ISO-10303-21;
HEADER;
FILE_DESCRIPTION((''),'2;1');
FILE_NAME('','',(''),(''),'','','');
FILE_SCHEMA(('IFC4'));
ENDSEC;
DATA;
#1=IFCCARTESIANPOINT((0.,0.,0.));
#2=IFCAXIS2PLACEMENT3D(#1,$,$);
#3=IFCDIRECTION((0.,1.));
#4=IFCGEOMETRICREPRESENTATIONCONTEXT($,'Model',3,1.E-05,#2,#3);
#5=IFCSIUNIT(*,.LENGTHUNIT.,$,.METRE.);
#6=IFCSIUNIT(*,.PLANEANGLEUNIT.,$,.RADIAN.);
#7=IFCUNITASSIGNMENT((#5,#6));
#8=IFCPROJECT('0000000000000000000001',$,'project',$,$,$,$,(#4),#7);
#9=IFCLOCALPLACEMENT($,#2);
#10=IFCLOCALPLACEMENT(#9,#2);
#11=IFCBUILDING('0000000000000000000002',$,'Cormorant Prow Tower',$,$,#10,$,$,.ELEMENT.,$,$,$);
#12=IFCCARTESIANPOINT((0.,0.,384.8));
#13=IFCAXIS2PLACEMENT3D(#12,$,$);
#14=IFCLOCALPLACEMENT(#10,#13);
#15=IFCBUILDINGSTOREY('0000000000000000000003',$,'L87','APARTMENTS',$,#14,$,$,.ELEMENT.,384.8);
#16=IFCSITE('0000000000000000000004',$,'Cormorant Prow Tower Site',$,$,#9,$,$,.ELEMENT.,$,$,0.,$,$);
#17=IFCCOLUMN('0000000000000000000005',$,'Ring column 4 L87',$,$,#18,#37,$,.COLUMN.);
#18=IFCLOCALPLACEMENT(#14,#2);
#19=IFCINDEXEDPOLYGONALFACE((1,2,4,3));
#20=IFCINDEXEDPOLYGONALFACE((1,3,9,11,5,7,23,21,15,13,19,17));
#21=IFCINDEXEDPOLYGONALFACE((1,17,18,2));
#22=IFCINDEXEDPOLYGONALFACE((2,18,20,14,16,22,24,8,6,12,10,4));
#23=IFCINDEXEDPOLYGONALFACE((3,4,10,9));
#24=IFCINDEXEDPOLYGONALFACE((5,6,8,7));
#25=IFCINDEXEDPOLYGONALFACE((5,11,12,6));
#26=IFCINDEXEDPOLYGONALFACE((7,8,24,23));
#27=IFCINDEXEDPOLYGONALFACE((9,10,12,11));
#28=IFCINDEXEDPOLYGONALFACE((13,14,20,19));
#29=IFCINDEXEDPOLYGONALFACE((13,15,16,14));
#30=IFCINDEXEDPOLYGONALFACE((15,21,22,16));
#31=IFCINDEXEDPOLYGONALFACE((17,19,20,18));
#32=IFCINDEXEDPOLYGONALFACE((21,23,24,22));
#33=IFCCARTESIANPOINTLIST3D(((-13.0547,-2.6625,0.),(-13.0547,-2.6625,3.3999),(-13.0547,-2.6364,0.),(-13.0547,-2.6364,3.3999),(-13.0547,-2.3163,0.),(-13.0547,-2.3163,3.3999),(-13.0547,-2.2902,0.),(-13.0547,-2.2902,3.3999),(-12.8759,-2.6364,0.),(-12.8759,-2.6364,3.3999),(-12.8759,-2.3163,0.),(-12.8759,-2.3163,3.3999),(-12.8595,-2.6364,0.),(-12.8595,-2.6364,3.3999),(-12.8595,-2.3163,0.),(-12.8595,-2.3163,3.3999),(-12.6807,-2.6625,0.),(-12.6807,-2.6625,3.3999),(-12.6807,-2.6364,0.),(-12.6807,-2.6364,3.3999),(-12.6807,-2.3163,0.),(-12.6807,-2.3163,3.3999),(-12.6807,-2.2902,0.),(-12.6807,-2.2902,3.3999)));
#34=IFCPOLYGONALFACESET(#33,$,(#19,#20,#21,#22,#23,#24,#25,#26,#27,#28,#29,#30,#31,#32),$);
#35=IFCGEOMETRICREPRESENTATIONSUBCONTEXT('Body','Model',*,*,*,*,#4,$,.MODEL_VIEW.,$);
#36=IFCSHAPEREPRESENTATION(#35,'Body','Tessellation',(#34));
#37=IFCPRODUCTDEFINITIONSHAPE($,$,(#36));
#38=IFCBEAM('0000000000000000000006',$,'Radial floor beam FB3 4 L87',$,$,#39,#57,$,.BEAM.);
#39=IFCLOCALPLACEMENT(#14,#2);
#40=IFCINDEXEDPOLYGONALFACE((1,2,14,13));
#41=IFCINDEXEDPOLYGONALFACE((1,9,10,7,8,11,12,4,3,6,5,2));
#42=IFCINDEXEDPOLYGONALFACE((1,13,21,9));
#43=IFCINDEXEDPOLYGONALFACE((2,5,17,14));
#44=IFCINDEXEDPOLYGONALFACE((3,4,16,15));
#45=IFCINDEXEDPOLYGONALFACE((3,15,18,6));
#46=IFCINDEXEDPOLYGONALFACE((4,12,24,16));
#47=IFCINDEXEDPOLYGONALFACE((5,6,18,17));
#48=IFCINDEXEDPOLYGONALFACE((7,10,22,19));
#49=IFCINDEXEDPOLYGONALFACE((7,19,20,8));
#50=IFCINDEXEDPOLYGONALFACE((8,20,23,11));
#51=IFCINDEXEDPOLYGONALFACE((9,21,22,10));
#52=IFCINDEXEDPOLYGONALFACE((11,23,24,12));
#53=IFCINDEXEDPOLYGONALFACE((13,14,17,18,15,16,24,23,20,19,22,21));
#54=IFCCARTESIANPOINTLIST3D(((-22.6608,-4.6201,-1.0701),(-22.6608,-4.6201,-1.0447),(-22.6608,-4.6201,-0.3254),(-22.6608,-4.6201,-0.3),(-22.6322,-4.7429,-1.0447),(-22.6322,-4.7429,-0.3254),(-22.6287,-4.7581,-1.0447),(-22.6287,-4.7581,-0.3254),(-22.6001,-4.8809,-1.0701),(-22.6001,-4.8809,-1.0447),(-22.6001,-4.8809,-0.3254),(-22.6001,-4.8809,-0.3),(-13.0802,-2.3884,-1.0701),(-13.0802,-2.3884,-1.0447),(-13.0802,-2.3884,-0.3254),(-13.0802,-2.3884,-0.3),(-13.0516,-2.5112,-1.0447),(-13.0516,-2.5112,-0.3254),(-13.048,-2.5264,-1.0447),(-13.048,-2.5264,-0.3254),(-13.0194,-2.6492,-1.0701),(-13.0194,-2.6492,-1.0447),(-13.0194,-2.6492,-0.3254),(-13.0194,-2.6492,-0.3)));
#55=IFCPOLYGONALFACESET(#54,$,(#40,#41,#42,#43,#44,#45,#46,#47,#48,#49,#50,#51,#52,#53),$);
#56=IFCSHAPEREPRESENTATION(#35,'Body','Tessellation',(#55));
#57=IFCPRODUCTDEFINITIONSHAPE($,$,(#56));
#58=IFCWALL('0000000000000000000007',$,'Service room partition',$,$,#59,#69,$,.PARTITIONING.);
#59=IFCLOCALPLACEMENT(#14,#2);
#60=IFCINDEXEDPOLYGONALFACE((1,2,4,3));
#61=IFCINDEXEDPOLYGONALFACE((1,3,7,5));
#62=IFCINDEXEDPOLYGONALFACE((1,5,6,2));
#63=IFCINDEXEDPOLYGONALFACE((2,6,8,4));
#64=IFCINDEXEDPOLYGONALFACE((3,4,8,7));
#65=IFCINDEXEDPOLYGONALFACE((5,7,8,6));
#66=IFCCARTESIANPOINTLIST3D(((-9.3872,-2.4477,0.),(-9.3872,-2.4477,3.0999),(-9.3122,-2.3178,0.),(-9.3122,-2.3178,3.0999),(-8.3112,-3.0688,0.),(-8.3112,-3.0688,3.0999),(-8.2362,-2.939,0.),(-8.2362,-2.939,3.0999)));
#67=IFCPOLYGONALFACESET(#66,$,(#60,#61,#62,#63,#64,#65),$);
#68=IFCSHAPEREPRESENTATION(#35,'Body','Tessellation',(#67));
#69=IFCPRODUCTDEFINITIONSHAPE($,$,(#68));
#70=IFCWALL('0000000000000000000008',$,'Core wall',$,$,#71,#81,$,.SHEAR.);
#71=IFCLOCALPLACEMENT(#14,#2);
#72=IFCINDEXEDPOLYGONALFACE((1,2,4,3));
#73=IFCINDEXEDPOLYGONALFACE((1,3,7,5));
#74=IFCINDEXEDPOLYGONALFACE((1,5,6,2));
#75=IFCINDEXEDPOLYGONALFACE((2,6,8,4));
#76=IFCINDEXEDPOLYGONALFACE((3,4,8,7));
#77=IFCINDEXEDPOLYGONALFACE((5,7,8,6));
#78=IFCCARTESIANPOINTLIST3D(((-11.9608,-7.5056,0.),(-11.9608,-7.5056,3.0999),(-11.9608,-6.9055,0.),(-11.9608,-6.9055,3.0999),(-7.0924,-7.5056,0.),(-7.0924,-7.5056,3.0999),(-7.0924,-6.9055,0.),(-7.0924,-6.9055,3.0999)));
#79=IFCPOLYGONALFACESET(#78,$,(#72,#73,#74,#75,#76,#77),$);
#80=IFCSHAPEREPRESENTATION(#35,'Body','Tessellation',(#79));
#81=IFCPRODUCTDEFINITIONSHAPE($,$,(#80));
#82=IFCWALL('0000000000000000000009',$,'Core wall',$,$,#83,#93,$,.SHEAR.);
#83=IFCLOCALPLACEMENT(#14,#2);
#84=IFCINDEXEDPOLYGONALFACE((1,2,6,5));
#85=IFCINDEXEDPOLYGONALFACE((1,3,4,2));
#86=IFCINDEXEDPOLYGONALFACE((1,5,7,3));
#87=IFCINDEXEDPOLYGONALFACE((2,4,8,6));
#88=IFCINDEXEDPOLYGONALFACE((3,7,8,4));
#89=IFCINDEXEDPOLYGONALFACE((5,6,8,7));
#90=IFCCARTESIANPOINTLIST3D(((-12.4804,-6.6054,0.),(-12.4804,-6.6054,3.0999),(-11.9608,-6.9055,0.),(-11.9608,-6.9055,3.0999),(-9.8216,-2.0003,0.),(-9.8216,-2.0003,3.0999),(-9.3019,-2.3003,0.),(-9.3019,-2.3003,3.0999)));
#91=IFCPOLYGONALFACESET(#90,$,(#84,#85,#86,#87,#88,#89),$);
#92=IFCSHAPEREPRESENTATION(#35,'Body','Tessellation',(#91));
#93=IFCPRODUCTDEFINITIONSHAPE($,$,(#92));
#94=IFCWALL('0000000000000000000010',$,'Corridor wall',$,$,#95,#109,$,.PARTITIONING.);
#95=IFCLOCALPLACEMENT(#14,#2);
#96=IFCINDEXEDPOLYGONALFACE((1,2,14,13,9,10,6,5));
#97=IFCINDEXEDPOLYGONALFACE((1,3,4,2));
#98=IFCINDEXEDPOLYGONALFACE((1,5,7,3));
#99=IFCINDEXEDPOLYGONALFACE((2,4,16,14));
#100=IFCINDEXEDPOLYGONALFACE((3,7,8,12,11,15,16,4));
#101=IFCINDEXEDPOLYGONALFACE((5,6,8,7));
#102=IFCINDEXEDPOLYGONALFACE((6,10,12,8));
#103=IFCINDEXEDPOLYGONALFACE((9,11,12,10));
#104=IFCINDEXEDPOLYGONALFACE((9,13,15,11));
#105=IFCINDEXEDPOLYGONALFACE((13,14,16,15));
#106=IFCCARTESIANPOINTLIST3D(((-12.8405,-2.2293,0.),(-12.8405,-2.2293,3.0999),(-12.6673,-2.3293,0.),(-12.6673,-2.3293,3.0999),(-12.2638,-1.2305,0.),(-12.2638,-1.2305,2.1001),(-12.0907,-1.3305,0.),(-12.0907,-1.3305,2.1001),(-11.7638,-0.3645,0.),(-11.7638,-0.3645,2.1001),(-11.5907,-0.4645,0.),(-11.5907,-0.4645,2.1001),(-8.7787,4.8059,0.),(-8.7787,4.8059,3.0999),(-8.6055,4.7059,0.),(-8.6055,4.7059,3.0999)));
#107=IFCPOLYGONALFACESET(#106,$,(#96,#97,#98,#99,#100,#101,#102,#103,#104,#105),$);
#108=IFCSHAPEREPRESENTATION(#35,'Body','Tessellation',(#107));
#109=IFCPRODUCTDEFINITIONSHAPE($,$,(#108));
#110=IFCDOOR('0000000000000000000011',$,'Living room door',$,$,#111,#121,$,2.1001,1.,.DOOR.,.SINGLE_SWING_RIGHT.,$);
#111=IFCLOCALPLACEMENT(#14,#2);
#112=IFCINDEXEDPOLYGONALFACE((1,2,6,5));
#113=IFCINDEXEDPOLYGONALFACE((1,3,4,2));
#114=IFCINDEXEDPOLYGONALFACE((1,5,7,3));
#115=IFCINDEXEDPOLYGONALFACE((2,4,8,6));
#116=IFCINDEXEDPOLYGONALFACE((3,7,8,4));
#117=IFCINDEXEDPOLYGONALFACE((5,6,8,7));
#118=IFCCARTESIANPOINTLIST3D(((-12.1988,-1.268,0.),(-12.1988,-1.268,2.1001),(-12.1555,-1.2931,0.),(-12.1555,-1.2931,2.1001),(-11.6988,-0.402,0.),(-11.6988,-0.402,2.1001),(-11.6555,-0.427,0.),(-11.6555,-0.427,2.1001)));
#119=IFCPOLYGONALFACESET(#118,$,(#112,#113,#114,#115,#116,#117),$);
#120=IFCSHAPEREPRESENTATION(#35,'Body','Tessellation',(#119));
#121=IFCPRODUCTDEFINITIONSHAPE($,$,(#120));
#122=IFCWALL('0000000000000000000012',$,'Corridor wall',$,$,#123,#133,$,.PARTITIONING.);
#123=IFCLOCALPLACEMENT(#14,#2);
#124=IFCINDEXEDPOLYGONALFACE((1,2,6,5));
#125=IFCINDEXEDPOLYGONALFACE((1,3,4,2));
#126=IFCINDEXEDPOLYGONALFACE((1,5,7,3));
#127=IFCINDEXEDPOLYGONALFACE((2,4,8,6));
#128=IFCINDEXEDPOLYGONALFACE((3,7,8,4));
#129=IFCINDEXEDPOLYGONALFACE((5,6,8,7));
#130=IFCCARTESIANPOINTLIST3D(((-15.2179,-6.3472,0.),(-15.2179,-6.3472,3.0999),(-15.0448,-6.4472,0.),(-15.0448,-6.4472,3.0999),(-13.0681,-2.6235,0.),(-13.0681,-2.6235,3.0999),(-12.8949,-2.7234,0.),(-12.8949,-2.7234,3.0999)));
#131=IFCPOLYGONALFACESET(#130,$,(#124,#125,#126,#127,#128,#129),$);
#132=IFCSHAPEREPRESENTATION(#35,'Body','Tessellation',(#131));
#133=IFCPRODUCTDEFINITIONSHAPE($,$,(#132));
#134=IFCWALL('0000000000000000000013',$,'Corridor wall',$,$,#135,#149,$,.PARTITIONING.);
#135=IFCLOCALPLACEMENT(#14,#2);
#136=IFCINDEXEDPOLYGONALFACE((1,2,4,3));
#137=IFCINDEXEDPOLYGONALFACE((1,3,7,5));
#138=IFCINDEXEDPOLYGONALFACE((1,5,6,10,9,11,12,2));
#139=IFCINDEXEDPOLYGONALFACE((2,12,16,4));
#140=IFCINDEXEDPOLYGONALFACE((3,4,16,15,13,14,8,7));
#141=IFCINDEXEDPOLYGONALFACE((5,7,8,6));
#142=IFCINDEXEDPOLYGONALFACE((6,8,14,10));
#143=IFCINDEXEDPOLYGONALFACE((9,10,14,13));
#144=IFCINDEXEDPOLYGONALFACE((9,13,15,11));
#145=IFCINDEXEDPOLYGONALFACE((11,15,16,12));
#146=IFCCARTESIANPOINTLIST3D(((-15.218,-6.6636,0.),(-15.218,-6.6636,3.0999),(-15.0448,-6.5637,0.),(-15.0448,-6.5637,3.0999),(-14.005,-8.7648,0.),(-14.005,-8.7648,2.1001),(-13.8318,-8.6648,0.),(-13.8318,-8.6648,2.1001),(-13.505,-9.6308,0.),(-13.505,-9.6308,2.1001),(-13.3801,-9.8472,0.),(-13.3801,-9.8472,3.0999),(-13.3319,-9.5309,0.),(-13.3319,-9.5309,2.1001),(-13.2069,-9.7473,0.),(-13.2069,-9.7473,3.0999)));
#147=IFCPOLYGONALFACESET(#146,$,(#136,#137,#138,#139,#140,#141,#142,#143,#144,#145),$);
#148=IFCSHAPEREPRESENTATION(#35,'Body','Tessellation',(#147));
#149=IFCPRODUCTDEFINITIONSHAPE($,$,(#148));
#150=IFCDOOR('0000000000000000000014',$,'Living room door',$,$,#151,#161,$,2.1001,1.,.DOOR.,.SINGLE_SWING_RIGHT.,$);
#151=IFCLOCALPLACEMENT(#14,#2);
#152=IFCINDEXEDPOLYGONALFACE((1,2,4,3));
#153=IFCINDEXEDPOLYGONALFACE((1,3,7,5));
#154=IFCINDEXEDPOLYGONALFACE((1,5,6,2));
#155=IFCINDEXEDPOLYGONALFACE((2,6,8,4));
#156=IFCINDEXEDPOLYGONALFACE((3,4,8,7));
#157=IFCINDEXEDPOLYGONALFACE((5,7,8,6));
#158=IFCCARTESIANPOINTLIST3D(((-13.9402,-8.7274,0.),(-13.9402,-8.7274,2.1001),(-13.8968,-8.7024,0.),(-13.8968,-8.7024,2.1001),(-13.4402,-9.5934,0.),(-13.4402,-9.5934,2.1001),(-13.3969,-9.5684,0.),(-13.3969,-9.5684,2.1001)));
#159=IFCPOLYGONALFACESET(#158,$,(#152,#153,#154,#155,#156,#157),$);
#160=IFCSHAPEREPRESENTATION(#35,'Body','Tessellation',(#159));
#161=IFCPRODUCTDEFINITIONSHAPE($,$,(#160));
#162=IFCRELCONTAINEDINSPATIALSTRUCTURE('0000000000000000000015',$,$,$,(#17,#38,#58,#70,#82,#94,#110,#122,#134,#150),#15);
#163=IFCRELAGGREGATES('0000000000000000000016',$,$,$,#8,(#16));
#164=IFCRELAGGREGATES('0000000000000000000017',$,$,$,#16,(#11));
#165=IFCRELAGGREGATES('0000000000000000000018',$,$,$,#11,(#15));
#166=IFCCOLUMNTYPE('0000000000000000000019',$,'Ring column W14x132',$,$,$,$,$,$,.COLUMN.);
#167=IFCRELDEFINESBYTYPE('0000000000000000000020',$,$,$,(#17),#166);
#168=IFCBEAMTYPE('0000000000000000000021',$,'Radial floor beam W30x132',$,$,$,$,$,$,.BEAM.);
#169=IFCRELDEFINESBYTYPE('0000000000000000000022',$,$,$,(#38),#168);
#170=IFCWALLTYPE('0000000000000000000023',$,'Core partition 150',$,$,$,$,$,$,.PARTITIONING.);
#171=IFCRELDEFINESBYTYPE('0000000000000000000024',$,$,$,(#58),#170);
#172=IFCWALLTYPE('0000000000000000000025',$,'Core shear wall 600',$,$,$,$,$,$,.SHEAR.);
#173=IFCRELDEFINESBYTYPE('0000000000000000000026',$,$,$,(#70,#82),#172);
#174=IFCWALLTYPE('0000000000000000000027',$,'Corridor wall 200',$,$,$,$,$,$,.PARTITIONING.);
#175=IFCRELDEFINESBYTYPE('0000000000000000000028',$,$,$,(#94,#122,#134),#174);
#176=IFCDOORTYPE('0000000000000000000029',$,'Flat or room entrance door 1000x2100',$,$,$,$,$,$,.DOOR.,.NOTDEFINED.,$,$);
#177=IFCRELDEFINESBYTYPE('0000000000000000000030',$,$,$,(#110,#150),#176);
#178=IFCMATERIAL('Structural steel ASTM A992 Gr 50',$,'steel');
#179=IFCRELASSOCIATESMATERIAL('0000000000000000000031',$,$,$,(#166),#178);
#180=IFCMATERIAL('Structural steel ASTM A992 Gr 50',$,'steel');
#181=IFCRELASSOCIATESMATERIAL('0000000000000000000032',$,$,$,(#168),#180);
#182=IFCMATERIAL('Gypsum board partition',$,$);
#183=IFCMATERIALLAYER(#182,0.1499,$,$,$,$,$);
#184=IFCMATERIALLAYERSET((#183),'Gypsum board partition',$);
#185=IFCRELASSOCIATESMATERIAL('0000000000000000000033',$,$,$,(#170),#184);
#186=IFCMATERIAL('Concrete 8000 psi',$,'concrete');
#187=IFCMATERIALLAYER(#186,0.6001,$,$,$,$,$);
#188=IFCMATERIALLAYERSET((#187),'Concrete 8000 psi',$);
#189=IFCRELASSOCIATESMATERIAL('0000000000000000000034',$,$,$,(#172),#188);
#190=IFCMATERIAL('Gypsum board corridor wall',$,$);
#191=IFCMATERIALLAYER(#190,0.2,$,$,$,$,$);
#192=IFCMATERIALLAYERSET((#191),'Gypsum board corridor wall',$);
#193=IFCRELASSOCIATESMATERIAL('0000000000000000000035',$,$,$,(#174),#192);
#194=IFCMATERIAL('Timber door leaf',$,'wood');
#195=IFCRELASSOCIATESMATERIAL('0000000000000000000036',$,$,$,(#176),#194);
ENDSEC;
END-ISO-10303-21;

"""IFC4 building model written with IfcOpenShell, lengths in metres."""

from ifc_helpers import new_model, si_unit, direction, frame, frame_2d, origin, origin_2d, place, context, subcontext, project, spatial, rectangle, i_section, extrude, material, layer, layer_set, material_profile, profile_set, type_object, element, fill, save


model = new_model("IFC4")

# Units and contexts
model_context = context("Model", 3, precision=1e-05, world=origin(), true_north=direction((0.0, 1.0)))
body_context = subcontext(model_context, "Body", "Model", "MODEL_VIEW")
ifc_project = project(units=[si_unit("LENGTHUNIT", "METRE"), si_unit("PLANEANGLEUNIT", "RADIAN")], contexts=[model_context])

# Site, building, storey
site_placement = place(None, origin())
site = spatial("IfcSite", under=ifc_project, at=site_placement, Name="Cormorant Prow Tower Site", CompositionType="ELEMENT", RefElevation=0.0)
building_placement = place(site_placement, origin())
building = spatial("IfcBuilding", under=site, at=building_placement, Name="Cormorant Prow Tower", CompositionType="ELEMENT")
storey_placement = place(building_placement, frame((0.0, 0.0, 384.8)))
storey = spatial("IfcBuildingStorey", under=building, at=storey_placement, Name="L87", Description="APARTMENTS", CompositionType="ELEMENT", Elevation=384.8)

# Column
ifc_material_1 = material(Name="Structural steel ASTM A992 Gr 50", Category="steel")
ifc_material_profile_1 = material_profile(ifc_material_1, i_section(OverallWidth=0.374, OverallDepth=0.3723, WebThickness=0.0164, FlangeThickness=0.0261, at=origin_2d()), Name="W14x132")
ifc_profile_set_1 = profile_set([ifc_material_profile_1], Name="Structural steel ASTM A992 Gr 50")
column_type = type_object("IfcColumnType", Name="Ring column W14x132", PredefinedType="COLUMN", material=ifc_profile_set_1)
column_placement = place(storey_placement, frame((-12.8677, -2.4763, 0.0), z_axis=(0.0, 0.0, 1.0), x_axis=(1.0, 0.0, 0.0)))
element("IfcColumn", 1, at=column_placement, inside=storey, type_object=column_type, Name="Ring column 4 L87", PredefinedType="COLUMN", context=body_context, shape_type="SweptSolid", body=[
    extrude(i_section(OverallWidth=0.374, OverallDepth=0.3723, WebThickness=0.0164, FlangeThickness=0.0261, at=origin_2d()), origin(), (0.0, 0.0, 1.0), 3.3999),
])

# Beam
ifc_material_2 = material(Name="Structural steel ASTM A992 Gr 50", Category="steel")
ifc_material_profile_2 = material_profile(ifc_material_2, i_section(OverallWidth=0.2678, OverallDepth=0.77, WebThickness=0.0156, FlangeThickness=0.0254, at=origin_2d()), Name="W30x132")
ifc_profile_set_2 = profile_set([ifc_material_profile_2], Name="Structural steel ASTM A992 Gr 50")
beam_type = type_object("IfcBeamType", Name="Radial floor beam W30x132", PredefinedType="BEAM", material=ifc_profile_set_2)
beam_placement = place(storey_placement, frame((-13.0498, -2.5188, -0.6851), z_axis=(-0.973926, -0.226866, 0.0), x_axis=(0.226866, -0.973926, 0.0)))
element("IfcBeam", 2, at=beam_placement, inside=storey, type_object=beam_type, Name="Radial floor beam FB3 4 L87", PredefinedType="BEAM", context=body_context, shape_type="SweptSolid", body=[
    extrude(i_section(OverallWidth=0.2678, OverallDepth=0.77, WebThickness=0.0156, FlangeThickness=0.0254, at=origin_2d()), origin(), (0.0, 0.0, 1.0), 9.8372),
])

# Walls
ifc_material_3 = material(Name="Gypsum board partition")
ifc_layer_1 = layer(ifc_material_3, 0.1499)
ifc_layer_set_1 = layer_set([ifc_layer_1], Name="Gypsum board partition")
wall_type_1 = type_object("IfcWallType", Name="Core partition 150", PredefinedType="PARTITIONING", material=ifc_layer_set_1)
wall_1_placement = place(storey_placement, frame((-9.3496, -2.3828, 0.0), z_axis=(0.0, 0.0, 1.0), x_axis=(0.866058, -0.499944, 0.0)))
element("IfcWall", 3, at=wall_1_placement, inside=storey, type_object=wall_type_1, Name="Service room partition", PredefinedType="PARTITIONING", context=body_context, shape_type="SweptSolid", body=[
    extrude(rectangle(XDim=1.2424, YDim=0.1499, at=frame_2d((0.6211, 0.0))), origin(), (0.0, 0.0, 1.0), 3.0999),
])
ifc_material_4 = material(Name="Concrete 8000 psi", Category="concrete")
ifc_layer_2 = layer(ifc_material_4, 0.6001)
ifc_layer_set_2 = layer_set([ifc_layer_2], Name="Concrete 8000 psi")
wall_type_2 = type_object("IfcWallType", Name="Core shear wall 600", PredefinedType="SHEAR", material=ifc_layer_set_2)
wall_2_placement = place(storey_placement, frame((-11.9607, -7.2056, 0.0), z_axis=(0.0, 0.0, 1.0), x_axis=(1.0, 0.0, 0.0)))
element("IfcWall", 4, at=wall_2_placement, inside=storey, type_object=wall_type_2, Name="Core wall", PredefinedType="SHEAR", context=body_context, shape_type="SweptSolid", body=[
    extrude(rectangle(XDim=4.8684, YDim=0.6001, at=frame_2d((2.4341, 0.0))), origin(), (0.0, 0.0, 1.0), 3.0999),
])
wall_3_placement = place(storey_placement, frame((-9.5618, -2.1504, 0.0), z_axis=(0.0, 0.0, 1.0), x_axis=(-0.500015, -0.866017, 0.0)))
element("IfcWall", 5, at=wall_3_placement, inside=storey, type_object=wall_type_2, Name="Core wall", PredefinedType="SHEAR", context=body_context, shape_type="SweptSolid", body=[
    extrude(rectangle(XDim=5.3176, YDim=0.6001, at=frame_2d((2.6587, 0.0))), origin(), (0.0, 0.0, 1.0), 3.0999),
])

# Wall, opening, door
ifc_material_5 = material(Name="Gypsum board corridor wall")
ifc_layer_3 = layer(ifc_material_5, 0.2)
ifc_layer_set_3 = layer_set([ifc_layer_3], Name="Gypsum board corridor wall")
wall_type_3 = type_object("IfcWallType", Name="Corridor wall 200", PredefinedType="PARTITIONING", material=ifc_layer_set_3)
wall_4_placement = place(storey_placement, frame((-12.7539, -2.2793, 0.0), z_axis=(0.0, 0.0, 1.0), x_axis=(0.500002, 0.866024, 0.0)))
wall_4 = element("IfcWall", 6, at=wall_4_placement, inside=storey, type_object=wall_type_3, Name="Corridor wall", PredefinedType="PARTITIONING", context=body_context, shape_type="SweptSolid", body=[
    extrude(rectangle(XDim=8.1235, YDim=0.2, at=frame_2d((4.0618, 0.0))), origin(), (0.0, 0.0, 1.0), 3.0999),
])
opening_1_placement = place(wall_4_placement, frame((1.1533, 0.0, 0.0)))
opening_1 = element("IfcOpeningElement", 7, at=opening_1_placement, cuts=wall_4, PredefinedType="OPENING", context=body_context, shape_type="SweptSolid", body=[
    extrude(rectangle(XDim=1.0, YDim=2.1001, at=frame_2d((0.5, 1.05))), frame((0.0, 0.1099, 0.0), z_axis=(0.0, -1.0, 0.0), x_axis=(1.0, 0.0, 0.0)), (0.0, 0.0, 1.0), 0.22),
])
ifc_material_6 = material(Name="Timber door leaf", Category="wood")
door_type_1 = type_object("IfcDoorType", Name="Flat or room entrance door 1000x2100", OperationType="NOTDEFINED", PredefinedType="DOOR", material=ifc_material_6)
door_1_placement = place(opening_1_placement, origin())
door_1 = element("IfcDoor", 8, at=door_1_placement, inside=storey, type_object=door_type_1, Name="Living room door", OperationType="SINGLE_SWING_RIGHT", OverallHeight=2.1001, OverallWidth=1.0, PredefinedType="DOOR", context=body_context, shape_type="SweptSolid", body=[
    extrude(rectangle(XDim=1.0, YDim=2.1001, at=frame_2d((0.5, 1.05))), frame((0.0, 0.0249, 0.0), z_axis=(0.0, -1.0, 0.0), x_axis=(1.0, 0.0, 0.0)), (0.0, 0.0, 1.0), 0.05),
])
fill(opening_1, door_1)

# Wall
wall_5_placement = place(storey_placement, frame((-15.1313, -6.3972, 0.0), z_axis=(0.0, 0.0, 1.0), x_axis=(0.499986, 0.866033, 0.0)))
element("IfcWall", 9, at=wall_5_placement, inside=storey, type_object=wall_type_3, Name="Corridor wall", PredefinedType="PARTITIONING", context=body_context, shape_type="SweptSolid", body=[
    extrude(rectangle(XDim=4.2998, YDim=0.2, at=frame_2d((2.1499, 0.0))), origin(), (0.0, 0.0, 1.0), 3.0999),
])

# Wall, opening, door
wall_6_placement = place(storey_placement, frame((-15.1313, -6.6138, 0.0), z_axis=(0.0, 0.0, 1.0), x_axis=(0.499968, -0.866044, 0.0)))
wall_6 = element("IfcWall", 10, at=wall_6_placement, inside=storey, type_object=wall_type_3, Name="Corridor wall", PredefinedType="PARTITIONING", context=body_context, shape_type="SweptSolid", body=[
    extrude(rectangle(XDim=3.676, YDim=0.2, at=frame_2d((1.8379, 0.0))), origin(), (0.0, 0.0, 1.0), 3.0999),
])
opening_2_placement = place(wall_6_placement, frame((2.426, 0.0, 0.0)))
opening_2 = element("IfcOpeningElement", 11, at=opening_2_placement, cuts=wall_6, PredefinedType="OPENING", context=body_context, shape_type="SweptSolid", body=[
    extrude(rectangle(XDim=1.0, YDim=2.1001, at=frame_2d((0.5, 1.05))), frame((0.0, 0.1099, 0.0), z_axis=(0.0, -1.0, 0.0), x_axis=(1.0, 0.0, 0.0)), (0.0, 0.0, 1.0), 0.22),
])
door_2_placement = place(opening_2_placement, origin())
door_2 = element("IfcDoor", 12, at=door_2_placement, inside=storey, type_object=door_type_1, Name="Living room door", OperationType="SINGLE_SWING_RIGHT", OverallHeight=2.1001, OverallWidth=1.0, PredefinedType="DOOR", context=body_context, shape_type="SweptSolid", body=[
    extrude(rectangle(XDim=1.0, YDim=2.1001, at=frame_2d((0.5, 1.05))), frame((0.0, 0.0249, 0.0), z_axis=(0.0, -1.0, 0.0), x_axis=(1.0, 0.0, 0.0)), (0.0, 0.0, 1.0), 0.05),
])
fill(opening_2, door_2)

save(model, "model.ifc")
